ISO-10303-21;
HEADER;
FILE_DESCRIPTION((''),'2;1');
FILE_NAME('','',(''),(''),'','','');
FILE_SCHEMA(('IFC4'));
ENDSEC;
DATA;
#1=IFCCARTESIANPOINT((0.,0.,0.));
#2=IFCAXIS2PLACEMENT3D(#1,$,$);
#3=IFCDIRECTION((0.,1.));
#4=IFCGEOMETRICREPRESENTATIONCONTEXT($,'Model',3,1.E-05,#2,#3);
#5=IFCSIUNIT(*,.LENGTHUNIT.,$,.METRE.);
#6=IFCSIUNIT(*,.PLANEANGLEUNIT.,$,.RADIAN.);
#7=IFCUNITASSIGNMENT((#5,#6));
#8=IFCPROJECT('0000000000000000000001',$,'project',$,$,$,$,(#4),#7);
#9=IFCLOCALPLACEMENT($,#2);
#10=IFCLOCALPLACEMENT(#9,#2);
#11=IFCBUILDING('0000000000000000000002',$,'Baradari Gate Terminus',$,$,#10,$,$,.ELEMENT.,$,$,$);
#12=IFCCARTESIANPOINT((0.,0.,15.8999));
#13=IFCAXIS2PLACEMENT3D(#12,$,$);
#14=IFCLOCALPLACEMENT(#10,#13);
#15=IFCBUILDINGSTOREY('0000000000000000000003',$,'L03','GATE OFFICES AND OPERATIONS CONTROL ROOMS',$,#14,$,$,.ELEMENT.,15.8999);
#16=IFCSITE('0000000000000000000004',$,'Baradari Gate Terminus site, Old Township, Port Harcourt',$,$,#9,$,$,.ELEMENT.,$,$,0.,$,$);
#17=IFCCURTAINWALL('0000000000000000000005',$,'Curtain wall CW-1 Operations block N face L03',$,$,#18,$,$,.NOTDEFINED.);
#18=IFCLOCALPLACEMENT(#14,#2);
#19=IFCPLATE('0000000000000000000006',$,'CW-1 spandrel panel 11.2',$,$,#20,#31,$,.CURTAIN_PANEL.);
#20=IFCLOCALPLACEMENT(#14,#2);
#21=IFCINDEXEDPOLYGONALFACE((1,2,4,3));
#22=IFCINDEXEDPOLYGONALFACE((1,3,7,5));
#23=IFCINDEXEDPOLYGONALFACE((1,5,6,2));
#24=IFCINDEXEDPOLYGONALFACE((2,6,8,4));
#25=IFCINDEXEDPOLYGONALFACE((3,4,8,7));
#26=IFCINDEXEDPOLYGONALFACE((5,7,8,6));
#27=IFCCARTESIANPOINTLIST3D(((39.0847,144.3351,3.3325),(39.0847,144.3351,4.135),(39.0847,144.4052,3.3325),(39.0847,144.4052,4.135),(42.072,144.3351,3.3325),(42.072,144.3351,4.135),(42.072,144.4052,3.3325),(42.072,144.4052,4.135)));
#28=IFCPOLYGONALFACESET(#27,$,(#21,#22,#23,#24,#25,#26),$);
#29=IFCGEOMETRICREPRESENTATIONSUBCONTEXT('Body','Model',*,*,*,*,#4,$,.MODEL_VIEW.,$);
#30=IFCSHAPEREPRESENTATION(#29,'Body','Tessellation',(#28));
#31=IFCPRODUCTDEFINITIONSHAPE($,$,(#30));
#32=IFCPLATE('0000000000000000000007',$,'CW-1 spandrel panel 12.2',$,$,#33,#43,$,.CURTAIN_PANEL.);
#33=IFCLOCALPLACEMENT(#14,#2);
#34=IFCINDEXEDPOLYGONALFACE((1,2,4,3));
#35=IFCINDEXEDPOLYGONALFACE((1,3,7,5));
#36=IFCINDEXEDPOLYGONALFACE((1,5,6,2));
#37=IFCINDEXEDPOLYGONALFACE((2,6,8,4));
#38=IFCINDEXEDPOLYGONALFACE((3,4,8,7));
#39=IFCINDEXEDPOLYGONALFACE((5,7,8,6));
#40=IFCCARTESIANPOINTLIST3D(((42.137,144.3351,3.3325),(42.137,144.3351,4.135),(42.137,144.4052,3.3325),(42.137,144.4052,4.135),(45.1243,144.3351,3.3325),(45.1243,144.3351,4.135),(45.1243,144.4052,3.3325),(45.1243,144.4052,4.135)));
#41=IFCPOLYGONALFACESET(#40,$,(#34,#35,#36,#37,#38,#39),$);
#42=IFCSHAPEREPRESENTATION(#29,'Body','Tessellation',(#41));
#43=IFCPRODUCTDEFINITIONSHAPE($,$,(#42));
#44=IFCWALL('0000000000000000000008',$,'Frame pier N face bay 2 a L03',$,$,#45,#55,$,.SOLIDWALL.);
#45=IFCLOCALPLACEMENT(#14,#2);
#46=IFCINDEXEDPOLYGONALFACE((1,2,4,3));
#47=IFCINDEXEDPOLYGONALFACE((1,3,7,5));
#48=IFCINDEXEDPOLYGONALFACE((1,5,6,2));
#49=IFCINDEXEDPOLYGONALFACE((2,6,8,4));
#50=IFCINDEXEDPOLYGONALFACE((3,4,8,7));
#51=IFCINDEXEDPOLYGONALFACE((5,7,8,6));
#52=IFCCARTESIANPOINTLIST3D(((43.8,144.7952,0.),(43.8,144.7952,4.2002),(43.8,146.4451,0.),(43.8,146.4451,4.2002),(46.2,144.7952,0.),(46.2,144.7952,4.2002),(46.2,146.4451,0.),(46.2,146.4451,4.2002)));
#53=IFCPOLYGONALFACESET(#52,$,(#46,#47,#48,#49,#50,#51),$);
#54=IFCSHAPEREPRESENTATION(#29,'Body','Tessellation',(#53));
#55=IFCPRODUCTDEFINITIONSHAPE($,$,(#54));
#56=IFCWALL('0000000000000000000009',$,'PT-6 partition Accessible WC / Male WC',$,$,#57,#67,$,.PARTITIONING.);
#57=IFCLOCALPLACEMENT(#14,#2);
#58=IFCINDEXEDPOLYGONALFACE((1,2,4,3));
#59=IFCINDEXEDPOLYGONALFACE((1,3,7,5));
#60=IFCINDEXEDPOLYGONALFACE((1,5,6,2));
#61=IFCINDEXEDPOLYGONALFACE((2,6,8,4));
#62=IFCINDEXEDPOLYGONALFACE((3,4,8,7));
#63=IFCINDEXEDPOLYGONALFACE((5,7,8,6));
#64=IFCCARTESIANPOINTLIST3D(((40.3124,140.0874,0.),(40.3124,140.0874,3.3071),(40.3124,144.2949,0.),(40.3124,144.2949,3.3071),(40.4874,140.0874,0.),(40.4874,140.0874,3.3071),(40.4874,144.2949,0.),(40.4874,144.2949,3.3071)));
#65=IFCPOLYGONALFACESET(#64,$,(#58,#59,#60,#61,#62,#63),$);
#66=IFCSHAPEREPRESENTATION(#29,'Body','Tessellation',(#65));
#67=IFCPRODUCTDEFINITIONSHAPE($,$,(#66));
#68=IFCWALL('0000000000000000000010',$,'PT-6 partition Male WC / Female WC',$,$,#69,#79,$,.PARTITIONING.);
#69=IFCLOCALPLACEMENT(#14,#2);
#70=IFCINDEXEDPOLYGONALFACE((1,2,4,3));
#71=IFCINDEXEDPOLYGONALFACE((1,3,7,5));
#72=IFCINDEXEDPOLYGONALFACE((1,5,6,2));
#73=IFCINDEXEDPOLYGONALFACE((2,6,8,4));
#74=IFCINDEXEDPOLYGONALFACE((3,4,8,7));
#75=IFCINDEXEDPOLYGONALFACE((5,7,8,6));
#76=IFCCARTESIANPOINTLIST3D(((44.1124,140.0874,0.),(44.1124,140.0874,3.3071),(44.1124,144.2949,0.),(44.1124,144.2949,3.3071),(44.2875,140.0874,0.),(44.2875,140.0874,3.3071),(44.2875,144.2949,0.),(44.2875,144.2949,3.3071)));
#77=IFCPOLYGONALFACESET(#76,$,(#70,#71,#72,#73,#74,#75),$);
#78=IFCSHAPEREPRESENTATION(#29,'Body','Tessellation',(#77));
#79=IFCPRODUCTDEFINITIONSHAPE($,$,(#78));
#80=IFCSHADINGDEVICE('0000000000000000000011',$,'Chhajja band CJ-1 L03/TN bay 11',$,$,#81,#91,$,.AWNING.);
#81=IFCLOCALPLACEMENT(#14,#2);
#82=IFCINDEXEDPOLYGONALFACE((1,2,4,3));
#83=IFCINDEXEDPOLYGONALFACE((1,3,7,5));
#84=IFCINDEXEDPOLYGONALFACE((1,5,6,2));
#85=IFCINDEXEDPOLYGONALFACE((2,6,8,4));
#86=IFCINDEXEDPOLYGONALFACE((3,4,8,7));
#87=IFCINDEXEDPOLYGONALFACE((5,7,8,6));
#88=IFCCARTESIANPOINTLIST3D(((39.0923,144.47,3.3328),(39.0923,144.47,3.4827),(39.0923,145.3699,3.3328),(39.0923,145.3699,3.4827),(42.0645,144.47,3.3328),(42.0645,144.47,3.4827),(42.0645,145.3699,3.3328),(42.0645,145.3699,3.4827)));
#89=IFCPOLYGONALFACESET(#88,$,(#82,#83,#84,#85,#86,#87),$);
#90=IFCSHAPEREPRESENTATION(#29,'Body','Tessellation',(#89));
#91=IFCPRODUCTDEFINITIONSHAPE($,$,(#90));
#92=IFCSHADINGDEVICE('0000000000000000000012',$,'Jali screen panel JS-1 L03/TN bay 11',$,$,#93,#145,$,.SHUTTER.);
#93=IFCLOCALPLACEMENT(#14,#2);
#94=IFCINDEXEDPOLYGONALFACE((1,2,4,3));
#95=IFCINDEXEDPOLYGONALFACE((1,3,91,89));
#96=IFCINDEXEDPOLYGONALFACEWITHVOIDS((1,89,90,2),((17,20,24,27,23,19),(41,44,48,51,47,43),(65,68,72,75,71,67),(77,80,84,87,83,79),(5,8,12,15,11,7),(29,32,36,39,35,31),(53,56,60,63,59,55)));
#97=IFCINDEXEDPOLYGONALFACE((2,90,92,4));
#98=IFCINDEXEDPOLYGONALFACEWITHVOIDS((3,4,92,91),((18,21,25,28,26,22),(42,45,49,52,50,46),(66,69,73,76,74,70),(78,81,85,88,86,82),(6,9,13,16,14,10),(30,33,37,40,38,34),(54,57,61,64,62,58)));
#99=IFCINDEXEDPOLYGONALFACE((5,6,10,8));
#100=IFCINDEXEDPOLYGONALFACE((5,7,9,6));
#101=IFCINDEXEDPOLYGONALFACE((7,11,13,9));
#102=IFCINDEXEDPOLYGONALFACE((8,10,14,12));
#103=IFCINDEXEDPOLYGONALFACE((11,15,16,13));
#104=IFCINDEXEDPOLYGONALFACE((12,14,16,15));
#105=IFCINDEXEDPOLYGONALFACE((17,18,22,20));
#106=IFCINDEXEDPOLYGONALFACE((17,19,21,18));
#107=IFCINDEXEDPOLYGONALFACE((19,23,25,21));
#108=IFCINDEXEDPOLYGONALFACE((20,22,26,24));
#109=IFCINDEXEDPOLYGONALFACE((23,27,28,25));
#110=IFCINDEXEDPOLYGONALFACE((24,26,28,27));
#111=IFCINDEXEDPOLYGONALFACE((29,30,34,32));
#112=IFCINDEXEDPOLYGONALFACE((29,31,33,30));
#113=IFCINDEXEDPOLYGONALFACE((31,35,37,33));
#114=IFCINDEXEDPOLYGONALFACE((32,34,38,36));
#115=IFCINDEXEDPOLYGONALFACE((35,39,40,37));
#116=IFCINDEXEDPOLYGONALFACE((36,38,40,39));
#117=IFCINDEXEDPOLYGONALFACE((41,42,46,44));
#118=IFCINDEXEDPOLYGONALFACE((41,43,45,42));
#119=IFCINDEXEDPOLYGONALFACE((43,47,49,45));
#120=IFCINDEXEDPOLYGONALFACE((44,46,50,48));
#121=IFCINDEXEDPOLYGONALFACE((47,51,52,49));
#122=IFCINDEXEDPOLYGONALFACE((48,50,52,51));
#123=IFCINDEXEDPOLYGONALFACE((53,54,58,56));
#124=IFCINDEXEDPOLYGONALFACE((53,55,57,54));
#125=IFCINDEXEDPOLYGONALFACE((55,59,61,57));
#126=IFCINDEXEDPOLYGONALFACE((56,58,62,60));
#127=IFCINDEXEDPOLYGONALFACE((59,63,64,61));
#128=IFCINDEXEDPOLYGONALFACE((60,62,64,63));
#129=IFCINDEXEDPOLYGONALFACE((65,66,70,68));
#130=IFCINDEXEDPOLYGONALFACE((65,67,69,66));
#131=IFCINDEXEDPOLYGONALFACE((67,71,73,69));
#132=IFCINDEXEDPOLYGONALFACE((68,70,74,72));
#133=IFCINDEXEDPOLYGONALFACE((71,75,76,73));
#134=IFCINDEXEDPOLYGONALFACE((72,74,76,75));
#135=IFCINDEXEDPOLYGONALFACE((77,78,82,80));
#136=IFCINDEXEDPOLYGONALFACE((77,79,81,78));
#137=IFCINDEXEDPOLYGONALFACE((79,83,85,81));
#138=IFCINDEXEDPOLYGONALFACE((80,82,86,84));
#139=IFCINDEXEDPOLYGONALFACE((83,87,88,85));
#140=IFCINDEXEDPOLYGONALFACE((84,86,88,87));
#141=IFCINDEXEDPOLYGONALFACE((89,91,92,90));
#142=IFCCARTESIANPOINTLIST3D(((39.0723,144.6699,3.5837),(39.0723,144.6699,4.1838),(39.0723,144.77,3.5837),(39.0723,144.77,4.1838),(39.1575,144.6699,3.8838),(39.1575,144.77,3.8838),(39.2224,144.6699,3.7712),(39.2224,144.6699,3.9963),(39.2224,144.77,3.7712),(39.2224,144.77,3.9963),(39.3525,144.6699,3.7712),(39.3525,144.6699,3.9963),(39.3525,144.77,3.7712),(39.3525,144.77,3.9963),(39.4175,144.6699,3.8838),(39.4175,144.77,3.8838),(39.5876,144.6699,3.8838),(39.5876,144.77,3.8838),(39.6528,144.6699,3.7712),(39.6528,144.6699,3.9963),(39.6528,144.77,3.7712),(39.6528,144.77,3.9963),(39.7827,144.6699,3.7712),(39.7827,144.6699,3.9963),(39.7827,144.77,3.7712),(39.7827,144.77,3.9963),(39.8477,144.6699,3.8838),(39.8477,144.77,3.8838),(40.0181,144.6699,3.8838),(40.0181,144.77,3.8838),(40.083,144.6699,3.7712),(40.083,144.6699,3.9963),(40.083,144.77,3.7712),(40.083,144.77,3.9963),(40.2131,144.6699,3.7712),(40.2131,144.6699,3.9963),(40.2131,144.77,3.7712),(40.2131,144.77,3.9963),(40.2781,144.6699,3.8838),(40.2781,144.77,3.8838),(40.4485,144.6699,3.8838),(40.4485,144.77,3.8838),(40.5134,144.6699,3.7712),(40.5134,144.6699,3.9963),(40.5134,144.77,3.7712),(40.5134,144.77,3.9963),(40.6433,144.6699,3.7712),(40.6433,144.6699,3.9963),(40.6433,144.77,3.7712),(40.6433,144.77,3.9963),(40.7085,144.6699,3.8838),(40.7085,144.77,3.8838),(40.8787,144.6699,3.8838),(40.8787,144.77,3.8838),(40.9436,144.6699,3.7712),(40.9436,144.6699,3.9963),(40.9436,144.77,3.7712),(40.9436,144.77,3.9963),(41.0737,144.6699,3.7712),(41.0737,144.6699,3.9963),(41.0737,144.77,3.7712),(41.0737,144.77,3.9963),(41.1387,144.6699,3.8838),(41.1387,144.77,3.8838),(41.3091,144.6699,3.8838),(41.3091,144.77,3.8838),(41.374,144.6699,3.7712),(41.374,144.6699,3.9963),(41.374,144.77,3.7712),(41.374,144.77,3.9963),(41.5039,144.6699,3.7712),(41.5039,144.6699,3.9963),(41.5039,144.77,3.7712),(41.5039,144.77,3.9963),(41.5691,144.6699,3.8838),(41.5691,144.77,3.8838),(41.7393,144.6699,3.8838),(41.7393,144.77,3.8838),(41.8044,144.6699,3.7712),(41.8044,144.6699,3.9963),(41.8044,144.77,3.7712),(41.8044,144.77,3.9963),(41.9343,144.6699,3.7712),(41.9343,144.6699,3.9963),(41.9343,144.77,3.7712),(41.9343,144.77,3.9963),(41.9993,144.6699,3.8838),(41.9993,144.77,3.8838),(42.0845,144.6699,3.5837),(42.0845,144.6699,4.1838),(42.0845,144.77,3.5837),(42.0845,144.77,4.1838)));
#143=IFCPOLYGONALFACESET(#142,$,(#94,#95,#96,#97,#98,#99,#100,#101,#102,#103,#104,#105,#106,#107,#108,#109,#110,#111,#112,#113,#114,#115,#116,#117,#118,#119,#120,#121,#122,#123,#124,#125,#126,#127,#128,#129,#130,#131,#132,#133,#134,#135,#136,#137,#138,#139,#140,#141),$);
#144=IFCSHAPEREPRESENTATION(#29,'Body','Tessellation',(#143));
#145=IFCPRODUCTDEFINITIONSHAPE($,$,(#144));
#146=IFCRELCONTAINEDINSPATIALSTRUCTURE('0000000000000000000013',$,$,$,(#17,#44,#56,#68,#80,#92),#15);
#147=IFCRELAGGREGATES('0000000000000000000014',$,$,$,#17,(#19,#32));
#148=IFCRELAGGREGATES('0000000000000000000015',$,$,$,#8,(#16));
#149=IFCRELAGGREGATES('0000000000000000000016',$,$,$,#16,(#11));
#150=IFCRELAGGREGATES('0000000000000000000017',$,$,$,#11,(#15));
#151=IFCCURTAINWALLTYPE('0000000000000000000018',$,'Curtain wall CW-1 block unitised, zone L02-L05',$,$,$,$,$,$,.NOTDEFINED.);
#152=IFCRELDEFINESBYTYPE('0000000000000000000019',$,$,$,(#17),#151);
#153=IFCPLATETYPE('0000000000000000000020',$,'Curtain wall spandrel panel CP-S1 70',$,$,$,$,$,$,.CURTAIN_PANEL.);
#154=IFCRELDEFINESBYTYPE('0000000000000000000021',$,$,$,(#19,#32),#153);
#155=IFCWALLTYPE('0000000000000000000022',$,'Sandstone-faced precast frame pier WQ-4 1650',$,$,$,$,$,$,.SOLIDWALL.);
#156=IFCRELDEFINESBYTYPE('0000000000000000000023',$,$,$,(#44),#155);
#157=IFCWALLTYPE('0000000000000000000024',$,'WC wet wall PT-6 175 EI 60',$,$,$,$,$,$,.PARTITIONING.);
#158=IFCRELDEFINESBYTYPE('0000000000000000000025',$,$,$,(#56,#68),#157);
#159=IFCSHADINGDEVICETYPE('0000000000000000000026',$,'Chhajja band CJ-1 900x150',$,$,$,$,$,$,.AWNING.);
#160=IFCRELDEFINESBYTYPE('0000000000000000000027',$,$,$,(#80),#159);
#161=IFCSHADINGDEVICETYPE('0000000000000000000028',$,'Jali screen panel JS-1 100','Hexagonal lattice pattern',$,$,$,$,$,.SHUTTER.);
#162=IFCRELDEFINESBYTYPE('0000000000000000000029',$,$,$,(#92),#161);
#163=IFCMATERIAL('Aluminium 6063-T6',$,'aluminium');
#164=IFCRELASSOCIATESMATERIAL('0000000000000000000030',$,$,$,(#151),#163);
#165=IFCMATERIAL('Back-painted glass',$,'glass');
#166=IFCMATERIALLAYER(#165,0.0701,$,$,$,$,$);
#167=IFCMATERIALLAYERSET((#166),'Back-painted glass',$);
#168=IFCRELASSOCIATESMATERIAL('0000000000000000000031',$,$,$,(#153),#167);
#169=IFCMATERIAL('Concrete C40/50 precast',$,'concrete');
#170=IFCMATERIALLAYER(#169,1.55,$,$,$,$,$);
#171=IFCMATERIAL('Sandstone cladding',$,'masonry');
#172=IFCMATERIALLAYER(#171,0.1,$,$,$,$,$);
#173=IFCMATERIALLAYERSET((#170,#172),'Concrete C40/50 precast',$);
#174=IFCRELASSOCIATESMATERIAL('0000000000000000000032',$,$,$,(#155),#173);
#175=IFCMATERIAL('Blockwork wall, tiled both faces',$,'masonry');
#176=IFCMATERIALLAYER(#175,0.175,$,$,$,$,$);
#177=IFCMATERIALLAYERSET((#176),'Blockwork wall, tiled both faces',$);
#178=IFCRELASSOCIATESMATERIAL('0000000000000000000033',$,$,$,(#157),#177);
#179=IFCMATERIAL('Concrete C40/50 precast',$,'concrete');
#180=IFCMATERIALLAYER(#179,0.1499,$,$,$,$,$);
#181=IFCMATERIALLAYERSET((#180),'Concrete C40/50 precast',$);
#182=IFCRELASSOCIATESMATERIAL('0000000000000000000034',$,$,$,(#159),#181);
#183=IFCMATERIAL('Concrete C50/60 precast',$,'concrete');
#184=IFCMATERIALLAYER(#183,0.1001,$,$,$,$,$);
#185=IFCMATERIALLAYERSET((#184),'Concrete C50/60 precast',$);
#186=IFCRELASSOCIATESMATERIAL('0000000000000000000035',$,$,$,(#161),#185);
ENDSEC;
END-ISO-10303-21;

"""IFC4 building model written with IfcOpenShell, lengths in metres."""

from ifc_helpers import new_model, si_unit, direction, frame, frame_2d, origin, origin_2d, place, context, subcontext, project, spatial, polyline, rectangle, outline, extrude, material, layer, layer_set, type_object, element, aggregate, save


model = new_model("IFC4")

# Units and contexts
model_context = context("Model", 3, precision=1e-05, world=origin(), true_north=direction((0.0, 1.0)))
body_context = subcontext(model_context, "Body", "Model", "MODEL_VIEW")
ifc_project = project(units=[si_unit("LENGTHUNIT", "METRE"), si_unit("PLANEANGLEUNIT", "RADIAN")], contexts=[model_context])

# Site, building, storey
site_placement = place(None, origin())
site = spatial("IfcSite", under=ifc_project, at=site_placement, Name="Baradari Gate Terminus site, Old Township, Port Harcourt", CompositionType="ELEMENT", RefElevation=0.0)
building_placement = place(site_placement, origin())
building = spatial("IfcBuilding", under=site, at=building_placement, Name="Baradari Gate Terminus", CompositionType="ELEMENT")
storey_placement = place(building_placement, frame((0.0, 0.0, 15.8999)))
storey = spatial("IfcBuildingStorey", under=building, at=storey_placement, Name="L03", Description="GATE OFFICES AND OPERATIONS CONTROL ROOMS", CompositionType="ELEMENT", Elevation=15.8999)

# Curtain wall, plates
ifc_material_1 = material(Name="Aluminium 6063-T6", Category="aluminium")
curtain_wall_type = type_object("IfcCurtainWallType", Name="Curtain wall CW-1 block unitised, zone L02-L05", PredefinedType="NOTDEFINED", material=ifc_material_1)
curtain_wall_placement = place(storey_placement, origin())
curtain_wall = element("IfcCurtainWall", 1, at=curtain_wall_placement, inside=storey, type_object=curtain_wall_type, Name="Curtain wall CW-1 Operations block N face L03", PredefinedType="NOTDEFINED")
ifc_material_2 = material(Name="Back-painted glass", Category="glass")
ifc_layer_1 = layer(ifc_material_2, 0.0701)
ifc_layer_set_1 = layer_set([ifc_layer_1], Name="Back-painted glass")
plate_type_1 = type_object("IfcPlateType", Name="Curtain wall spandrel panel CP-S1 70", PredefinedType="CURTAIN_PANEL", material=ifc_layer_set_1)
plate_1_placement = place(storey_placement, frame((40.5784, 144.3701, 3.3325), z_axis=(0.0, 0.0, 1.0), x_axis=(1.0, 0.0, 0.0)))
plate_1 = element("IfcPlate", 2, at=plate_1_placement, type_object=plate_type_1, Name="CW-1 spandrel panel 11.2", PredefinedType="CURTAIN_PANEL", context=body_context, shape_type="SweptSolid", body=[
    extrude(rectangle(XDim=2.9873, YDim=0.0701, at=origin_2d()), origin(), (0.0, 0.0, 1.0), 0.8025),
])
plate_2_placement = place(storey_placement, frame((43.6306, 144.3701, 3.3325), z_axis=(0.0, 0.0, 1.0), x_axis=(1.0, 0.0, 0.0)))
plate_2 = element("IfcPlate", 3, at=plate_2_placement, type_object=plate_type_1, Name="CW-1 spandrel panel 12.2", PredefinedType="CURTAIN_PANEL", context=body_context, shape_type="SweptSolid", body=[
    extrude(rectangle(XDim=2.9873, YDim=0.0701, at=origin_2d()), origin(), (0.0, 0.0, 1.0), 0.8025),
])
aggregate(curtain_wall, [plate_1, plate_2])

# Walls
ifc_material_3 = material(Name="Concrete C40/50 precast", Category="concrete")
ifc_layer_2 = layer(ifc_material_3, 1.55)
ifc_material_4 = material(Name="Sandstone cladding", Category="masonry")
ifc_layer_3 = layer(ifc_material_4, 0.1)
ifc_layer_set_2 = layer_set([ifc_layer_2, ifc_layer_3], Name="Concrete C40/50 precast")
wall_type_1 = type_object("IfcWallType", Name="Sandstone-faced precast frame pier WQ-4 1650", PredefinedType="SOLIDWALL", material=ifc_layer_set_2)
wall_placement = place(storey_placement, frame((43.8, 145.6201, 0.0), z_axis=(0.0, 0.0, 1.0), x_axis=(1.0, 0.0, 0.0)))
element("IfcWall", 4, at=wall_placement, inside=storey, type_object=wall_type_1, Name="Frame pier N face bay 2 a L03", PredefinedType="SOLIDWALL", context=body_context, shape_type="SweptSolid", body=[
    extrude(rectangle(XDim=2.3999, YDim=1.6499, at=frame_2d((1.2, 0.0))), origin(), (0.0, 0.0, 1.0), 4.2002),
])
ifc_material_5 = material(Name="Blockwork wall, tiled both faces", Category="masonry")
ifc_layer_4 = layer(ifc_material_5, 0.175)
ifc_layer_set_3 = layer_set([ifc_layer_4], Name="Blockwork wall, tiled both faces")
wall_type_2 = type_object("IfcWallType", Name="WC wet wall PT-6 175 EI 60", PredefinedType="PARTITIONING", material=ifc_layer_set_3)
for number, where, z_axis, x_axis, name in (
    (5, (40.3999, 144.2949, 0.0), (0.0, 0.0, 1.0), (0.0, -1.0, 0.0), "PT-6 partition Accessible WC / Male WC"),
    (6, (44.2, 144.2949, 0.0), (0.0, 0.0, 1.0), (0.0, -1.0, 0.0), "PT-6 partition Male WC / Female WC"),
):
    element("IfcWall", number, at=place(storey_placement, frame(where, z_axis=z_axis, x_axis=x_axis)), inside=storey, type_object=wall_type_2, Name=name, PredefinedType="PARTITIONING", context=body_context, shape_type="SweptSolid", body=[
        extrude(rectangle(XDim=4.2075, YDim=0.175, at=frame_2d((2.1038, 0.0))), origin(), (0.0, 0.0, 1.0), 3.3071),
    ])

# Shading devices
ifc_material_6 = material(Name="Concrete C40/50 precast", Category="concrete")
ifc_layer_5 = layer(ifc_material_6, 0.1499)
ifc_layer_set_4 = layer_set([ifc_layer_5], Name="Concrete C40/50 precast")
shading_device_type_1 = type_object("IfcShadingDeviceType", Name="Chhajja band CJ-1 900x150", PredefinedType="AWNING", material=ifc_layer_set_4)
shading_device_1_placement = place(storey_placement, frame((40.5784, 144.9199, 3.3328), z_axis=(0.0, 0.0, 1.0), x_axis=(1.0, 0.0, 0.0)))
element("IfcShadingDevice", 7, at=shading_device_1_placement, inside=storey, type_object=shading_device_type_1, Name="Chhajja band CJ-1 L03/TN bay 11", PredefinedType="AWNING", context=body_context, shape_type="SweptSolid", body=[
    extrude(rectangle(XDim=2.9722, YDim=0.8999, at=origin_2d()), origin(), (0.0, 0.0, 1.0), 0.1499),
])
ifc_material_7 = material(Name="Concrete C50/60 precast", Category="concrete")
ifc_layer_6 = layer(ifc_material_7, 0.1001)
ifc_layer_set_5 = layer_set([ifc_layer_6], Name="Concrete C50/60 precast")
shading_device_type_2 = type_object("IfcShadingDeviceType", Name="Jali screen panel JS-1 100", Description="Hexagonal lattice pattern", PredefinedType="SHUTTER", material=ifc_layer_set_5)
shading_device_2_placement = place(storey_placement, frame((39.0723, 144.72, 3.5837), z_axis=(0.0, 0.0, 1.0), x_axis=(1.0, 0.0, 0.0)))
element("IfcShadingDevice", 8, at=shading_device_2_placement, inside=storey, type_object=shading_device_type_2, Name="Jali screen panel JS-1 L03/TN bay 11", PredefinedType="SHUTTER", context=body_context, shape_type="SweptSolid", body=[
    extrude(outline(polyline([(0.0, 0.0), (3.0122, 0.0), (3.0122, 0.6001), (0.0, 0.6001), (0.0, 0.0)]), holes=[polyline([(0.3452, 0.3), (0.2803, 0.1875), (0.1501, 0.1875), (0.0852, 0.3), (0.1501, 0.4126), (0.2803, 0.4126), (0.3452, 0.3)]), polyline([(0.7754, 0.3), (0.7104, 0.1875), (0.5806, 0.1875), (0.5154, 0.3), (0.5806, 0.4126), (0.7104, 0.4126), (0.7754, 0.3)]), polyline([(1.2058, 0.3), (1.1409, 0.1875), (1.0107, 0.1875), (0.9458, 0.3), (1.0107, 0.4126), (1.1409, 0.4126), (1.2058, 0.3)]), polyline([(1.6362, 0.3), (1.571, 0.1875), (1.4412, 0.1875), (1.3762, 0.3), (1.4412, 0.4126), (1.571, 0.4126), (1.6362, 0.3)]), polyline([(2.0664, 0.3), (2.0015, 0.1875), (1.8713, 0.1875), (1.8064, 0.3), (1.8713, 0.4126), (2.0015, 0.4126), (2.0664, 0.3)]), polyline([(2.4968, 0.3), (2.4316, 0.1875), (2.3018, 0.1875), (2.2368, 0.3), (2.3018, 0.4126), (2.4316, 0.4126), (2.4968, 0.3)]), polyline([(2.927, 0.3), (2.8621, 0.1875), (2.7322, 0.1875), (2.667, 0.3), (2.7322, 0.4126), (2.8621, 0.4126), (2.927, 0.3)])]), frame((0.0, 0.05, 0.0), z_axis=(0.0, -1.0, 0.0), x_axis=(1.0, 0.0, 0.0)), (0.0, 0.0, 1.0), 0.1001),
])

save(model, "model.ifc")
